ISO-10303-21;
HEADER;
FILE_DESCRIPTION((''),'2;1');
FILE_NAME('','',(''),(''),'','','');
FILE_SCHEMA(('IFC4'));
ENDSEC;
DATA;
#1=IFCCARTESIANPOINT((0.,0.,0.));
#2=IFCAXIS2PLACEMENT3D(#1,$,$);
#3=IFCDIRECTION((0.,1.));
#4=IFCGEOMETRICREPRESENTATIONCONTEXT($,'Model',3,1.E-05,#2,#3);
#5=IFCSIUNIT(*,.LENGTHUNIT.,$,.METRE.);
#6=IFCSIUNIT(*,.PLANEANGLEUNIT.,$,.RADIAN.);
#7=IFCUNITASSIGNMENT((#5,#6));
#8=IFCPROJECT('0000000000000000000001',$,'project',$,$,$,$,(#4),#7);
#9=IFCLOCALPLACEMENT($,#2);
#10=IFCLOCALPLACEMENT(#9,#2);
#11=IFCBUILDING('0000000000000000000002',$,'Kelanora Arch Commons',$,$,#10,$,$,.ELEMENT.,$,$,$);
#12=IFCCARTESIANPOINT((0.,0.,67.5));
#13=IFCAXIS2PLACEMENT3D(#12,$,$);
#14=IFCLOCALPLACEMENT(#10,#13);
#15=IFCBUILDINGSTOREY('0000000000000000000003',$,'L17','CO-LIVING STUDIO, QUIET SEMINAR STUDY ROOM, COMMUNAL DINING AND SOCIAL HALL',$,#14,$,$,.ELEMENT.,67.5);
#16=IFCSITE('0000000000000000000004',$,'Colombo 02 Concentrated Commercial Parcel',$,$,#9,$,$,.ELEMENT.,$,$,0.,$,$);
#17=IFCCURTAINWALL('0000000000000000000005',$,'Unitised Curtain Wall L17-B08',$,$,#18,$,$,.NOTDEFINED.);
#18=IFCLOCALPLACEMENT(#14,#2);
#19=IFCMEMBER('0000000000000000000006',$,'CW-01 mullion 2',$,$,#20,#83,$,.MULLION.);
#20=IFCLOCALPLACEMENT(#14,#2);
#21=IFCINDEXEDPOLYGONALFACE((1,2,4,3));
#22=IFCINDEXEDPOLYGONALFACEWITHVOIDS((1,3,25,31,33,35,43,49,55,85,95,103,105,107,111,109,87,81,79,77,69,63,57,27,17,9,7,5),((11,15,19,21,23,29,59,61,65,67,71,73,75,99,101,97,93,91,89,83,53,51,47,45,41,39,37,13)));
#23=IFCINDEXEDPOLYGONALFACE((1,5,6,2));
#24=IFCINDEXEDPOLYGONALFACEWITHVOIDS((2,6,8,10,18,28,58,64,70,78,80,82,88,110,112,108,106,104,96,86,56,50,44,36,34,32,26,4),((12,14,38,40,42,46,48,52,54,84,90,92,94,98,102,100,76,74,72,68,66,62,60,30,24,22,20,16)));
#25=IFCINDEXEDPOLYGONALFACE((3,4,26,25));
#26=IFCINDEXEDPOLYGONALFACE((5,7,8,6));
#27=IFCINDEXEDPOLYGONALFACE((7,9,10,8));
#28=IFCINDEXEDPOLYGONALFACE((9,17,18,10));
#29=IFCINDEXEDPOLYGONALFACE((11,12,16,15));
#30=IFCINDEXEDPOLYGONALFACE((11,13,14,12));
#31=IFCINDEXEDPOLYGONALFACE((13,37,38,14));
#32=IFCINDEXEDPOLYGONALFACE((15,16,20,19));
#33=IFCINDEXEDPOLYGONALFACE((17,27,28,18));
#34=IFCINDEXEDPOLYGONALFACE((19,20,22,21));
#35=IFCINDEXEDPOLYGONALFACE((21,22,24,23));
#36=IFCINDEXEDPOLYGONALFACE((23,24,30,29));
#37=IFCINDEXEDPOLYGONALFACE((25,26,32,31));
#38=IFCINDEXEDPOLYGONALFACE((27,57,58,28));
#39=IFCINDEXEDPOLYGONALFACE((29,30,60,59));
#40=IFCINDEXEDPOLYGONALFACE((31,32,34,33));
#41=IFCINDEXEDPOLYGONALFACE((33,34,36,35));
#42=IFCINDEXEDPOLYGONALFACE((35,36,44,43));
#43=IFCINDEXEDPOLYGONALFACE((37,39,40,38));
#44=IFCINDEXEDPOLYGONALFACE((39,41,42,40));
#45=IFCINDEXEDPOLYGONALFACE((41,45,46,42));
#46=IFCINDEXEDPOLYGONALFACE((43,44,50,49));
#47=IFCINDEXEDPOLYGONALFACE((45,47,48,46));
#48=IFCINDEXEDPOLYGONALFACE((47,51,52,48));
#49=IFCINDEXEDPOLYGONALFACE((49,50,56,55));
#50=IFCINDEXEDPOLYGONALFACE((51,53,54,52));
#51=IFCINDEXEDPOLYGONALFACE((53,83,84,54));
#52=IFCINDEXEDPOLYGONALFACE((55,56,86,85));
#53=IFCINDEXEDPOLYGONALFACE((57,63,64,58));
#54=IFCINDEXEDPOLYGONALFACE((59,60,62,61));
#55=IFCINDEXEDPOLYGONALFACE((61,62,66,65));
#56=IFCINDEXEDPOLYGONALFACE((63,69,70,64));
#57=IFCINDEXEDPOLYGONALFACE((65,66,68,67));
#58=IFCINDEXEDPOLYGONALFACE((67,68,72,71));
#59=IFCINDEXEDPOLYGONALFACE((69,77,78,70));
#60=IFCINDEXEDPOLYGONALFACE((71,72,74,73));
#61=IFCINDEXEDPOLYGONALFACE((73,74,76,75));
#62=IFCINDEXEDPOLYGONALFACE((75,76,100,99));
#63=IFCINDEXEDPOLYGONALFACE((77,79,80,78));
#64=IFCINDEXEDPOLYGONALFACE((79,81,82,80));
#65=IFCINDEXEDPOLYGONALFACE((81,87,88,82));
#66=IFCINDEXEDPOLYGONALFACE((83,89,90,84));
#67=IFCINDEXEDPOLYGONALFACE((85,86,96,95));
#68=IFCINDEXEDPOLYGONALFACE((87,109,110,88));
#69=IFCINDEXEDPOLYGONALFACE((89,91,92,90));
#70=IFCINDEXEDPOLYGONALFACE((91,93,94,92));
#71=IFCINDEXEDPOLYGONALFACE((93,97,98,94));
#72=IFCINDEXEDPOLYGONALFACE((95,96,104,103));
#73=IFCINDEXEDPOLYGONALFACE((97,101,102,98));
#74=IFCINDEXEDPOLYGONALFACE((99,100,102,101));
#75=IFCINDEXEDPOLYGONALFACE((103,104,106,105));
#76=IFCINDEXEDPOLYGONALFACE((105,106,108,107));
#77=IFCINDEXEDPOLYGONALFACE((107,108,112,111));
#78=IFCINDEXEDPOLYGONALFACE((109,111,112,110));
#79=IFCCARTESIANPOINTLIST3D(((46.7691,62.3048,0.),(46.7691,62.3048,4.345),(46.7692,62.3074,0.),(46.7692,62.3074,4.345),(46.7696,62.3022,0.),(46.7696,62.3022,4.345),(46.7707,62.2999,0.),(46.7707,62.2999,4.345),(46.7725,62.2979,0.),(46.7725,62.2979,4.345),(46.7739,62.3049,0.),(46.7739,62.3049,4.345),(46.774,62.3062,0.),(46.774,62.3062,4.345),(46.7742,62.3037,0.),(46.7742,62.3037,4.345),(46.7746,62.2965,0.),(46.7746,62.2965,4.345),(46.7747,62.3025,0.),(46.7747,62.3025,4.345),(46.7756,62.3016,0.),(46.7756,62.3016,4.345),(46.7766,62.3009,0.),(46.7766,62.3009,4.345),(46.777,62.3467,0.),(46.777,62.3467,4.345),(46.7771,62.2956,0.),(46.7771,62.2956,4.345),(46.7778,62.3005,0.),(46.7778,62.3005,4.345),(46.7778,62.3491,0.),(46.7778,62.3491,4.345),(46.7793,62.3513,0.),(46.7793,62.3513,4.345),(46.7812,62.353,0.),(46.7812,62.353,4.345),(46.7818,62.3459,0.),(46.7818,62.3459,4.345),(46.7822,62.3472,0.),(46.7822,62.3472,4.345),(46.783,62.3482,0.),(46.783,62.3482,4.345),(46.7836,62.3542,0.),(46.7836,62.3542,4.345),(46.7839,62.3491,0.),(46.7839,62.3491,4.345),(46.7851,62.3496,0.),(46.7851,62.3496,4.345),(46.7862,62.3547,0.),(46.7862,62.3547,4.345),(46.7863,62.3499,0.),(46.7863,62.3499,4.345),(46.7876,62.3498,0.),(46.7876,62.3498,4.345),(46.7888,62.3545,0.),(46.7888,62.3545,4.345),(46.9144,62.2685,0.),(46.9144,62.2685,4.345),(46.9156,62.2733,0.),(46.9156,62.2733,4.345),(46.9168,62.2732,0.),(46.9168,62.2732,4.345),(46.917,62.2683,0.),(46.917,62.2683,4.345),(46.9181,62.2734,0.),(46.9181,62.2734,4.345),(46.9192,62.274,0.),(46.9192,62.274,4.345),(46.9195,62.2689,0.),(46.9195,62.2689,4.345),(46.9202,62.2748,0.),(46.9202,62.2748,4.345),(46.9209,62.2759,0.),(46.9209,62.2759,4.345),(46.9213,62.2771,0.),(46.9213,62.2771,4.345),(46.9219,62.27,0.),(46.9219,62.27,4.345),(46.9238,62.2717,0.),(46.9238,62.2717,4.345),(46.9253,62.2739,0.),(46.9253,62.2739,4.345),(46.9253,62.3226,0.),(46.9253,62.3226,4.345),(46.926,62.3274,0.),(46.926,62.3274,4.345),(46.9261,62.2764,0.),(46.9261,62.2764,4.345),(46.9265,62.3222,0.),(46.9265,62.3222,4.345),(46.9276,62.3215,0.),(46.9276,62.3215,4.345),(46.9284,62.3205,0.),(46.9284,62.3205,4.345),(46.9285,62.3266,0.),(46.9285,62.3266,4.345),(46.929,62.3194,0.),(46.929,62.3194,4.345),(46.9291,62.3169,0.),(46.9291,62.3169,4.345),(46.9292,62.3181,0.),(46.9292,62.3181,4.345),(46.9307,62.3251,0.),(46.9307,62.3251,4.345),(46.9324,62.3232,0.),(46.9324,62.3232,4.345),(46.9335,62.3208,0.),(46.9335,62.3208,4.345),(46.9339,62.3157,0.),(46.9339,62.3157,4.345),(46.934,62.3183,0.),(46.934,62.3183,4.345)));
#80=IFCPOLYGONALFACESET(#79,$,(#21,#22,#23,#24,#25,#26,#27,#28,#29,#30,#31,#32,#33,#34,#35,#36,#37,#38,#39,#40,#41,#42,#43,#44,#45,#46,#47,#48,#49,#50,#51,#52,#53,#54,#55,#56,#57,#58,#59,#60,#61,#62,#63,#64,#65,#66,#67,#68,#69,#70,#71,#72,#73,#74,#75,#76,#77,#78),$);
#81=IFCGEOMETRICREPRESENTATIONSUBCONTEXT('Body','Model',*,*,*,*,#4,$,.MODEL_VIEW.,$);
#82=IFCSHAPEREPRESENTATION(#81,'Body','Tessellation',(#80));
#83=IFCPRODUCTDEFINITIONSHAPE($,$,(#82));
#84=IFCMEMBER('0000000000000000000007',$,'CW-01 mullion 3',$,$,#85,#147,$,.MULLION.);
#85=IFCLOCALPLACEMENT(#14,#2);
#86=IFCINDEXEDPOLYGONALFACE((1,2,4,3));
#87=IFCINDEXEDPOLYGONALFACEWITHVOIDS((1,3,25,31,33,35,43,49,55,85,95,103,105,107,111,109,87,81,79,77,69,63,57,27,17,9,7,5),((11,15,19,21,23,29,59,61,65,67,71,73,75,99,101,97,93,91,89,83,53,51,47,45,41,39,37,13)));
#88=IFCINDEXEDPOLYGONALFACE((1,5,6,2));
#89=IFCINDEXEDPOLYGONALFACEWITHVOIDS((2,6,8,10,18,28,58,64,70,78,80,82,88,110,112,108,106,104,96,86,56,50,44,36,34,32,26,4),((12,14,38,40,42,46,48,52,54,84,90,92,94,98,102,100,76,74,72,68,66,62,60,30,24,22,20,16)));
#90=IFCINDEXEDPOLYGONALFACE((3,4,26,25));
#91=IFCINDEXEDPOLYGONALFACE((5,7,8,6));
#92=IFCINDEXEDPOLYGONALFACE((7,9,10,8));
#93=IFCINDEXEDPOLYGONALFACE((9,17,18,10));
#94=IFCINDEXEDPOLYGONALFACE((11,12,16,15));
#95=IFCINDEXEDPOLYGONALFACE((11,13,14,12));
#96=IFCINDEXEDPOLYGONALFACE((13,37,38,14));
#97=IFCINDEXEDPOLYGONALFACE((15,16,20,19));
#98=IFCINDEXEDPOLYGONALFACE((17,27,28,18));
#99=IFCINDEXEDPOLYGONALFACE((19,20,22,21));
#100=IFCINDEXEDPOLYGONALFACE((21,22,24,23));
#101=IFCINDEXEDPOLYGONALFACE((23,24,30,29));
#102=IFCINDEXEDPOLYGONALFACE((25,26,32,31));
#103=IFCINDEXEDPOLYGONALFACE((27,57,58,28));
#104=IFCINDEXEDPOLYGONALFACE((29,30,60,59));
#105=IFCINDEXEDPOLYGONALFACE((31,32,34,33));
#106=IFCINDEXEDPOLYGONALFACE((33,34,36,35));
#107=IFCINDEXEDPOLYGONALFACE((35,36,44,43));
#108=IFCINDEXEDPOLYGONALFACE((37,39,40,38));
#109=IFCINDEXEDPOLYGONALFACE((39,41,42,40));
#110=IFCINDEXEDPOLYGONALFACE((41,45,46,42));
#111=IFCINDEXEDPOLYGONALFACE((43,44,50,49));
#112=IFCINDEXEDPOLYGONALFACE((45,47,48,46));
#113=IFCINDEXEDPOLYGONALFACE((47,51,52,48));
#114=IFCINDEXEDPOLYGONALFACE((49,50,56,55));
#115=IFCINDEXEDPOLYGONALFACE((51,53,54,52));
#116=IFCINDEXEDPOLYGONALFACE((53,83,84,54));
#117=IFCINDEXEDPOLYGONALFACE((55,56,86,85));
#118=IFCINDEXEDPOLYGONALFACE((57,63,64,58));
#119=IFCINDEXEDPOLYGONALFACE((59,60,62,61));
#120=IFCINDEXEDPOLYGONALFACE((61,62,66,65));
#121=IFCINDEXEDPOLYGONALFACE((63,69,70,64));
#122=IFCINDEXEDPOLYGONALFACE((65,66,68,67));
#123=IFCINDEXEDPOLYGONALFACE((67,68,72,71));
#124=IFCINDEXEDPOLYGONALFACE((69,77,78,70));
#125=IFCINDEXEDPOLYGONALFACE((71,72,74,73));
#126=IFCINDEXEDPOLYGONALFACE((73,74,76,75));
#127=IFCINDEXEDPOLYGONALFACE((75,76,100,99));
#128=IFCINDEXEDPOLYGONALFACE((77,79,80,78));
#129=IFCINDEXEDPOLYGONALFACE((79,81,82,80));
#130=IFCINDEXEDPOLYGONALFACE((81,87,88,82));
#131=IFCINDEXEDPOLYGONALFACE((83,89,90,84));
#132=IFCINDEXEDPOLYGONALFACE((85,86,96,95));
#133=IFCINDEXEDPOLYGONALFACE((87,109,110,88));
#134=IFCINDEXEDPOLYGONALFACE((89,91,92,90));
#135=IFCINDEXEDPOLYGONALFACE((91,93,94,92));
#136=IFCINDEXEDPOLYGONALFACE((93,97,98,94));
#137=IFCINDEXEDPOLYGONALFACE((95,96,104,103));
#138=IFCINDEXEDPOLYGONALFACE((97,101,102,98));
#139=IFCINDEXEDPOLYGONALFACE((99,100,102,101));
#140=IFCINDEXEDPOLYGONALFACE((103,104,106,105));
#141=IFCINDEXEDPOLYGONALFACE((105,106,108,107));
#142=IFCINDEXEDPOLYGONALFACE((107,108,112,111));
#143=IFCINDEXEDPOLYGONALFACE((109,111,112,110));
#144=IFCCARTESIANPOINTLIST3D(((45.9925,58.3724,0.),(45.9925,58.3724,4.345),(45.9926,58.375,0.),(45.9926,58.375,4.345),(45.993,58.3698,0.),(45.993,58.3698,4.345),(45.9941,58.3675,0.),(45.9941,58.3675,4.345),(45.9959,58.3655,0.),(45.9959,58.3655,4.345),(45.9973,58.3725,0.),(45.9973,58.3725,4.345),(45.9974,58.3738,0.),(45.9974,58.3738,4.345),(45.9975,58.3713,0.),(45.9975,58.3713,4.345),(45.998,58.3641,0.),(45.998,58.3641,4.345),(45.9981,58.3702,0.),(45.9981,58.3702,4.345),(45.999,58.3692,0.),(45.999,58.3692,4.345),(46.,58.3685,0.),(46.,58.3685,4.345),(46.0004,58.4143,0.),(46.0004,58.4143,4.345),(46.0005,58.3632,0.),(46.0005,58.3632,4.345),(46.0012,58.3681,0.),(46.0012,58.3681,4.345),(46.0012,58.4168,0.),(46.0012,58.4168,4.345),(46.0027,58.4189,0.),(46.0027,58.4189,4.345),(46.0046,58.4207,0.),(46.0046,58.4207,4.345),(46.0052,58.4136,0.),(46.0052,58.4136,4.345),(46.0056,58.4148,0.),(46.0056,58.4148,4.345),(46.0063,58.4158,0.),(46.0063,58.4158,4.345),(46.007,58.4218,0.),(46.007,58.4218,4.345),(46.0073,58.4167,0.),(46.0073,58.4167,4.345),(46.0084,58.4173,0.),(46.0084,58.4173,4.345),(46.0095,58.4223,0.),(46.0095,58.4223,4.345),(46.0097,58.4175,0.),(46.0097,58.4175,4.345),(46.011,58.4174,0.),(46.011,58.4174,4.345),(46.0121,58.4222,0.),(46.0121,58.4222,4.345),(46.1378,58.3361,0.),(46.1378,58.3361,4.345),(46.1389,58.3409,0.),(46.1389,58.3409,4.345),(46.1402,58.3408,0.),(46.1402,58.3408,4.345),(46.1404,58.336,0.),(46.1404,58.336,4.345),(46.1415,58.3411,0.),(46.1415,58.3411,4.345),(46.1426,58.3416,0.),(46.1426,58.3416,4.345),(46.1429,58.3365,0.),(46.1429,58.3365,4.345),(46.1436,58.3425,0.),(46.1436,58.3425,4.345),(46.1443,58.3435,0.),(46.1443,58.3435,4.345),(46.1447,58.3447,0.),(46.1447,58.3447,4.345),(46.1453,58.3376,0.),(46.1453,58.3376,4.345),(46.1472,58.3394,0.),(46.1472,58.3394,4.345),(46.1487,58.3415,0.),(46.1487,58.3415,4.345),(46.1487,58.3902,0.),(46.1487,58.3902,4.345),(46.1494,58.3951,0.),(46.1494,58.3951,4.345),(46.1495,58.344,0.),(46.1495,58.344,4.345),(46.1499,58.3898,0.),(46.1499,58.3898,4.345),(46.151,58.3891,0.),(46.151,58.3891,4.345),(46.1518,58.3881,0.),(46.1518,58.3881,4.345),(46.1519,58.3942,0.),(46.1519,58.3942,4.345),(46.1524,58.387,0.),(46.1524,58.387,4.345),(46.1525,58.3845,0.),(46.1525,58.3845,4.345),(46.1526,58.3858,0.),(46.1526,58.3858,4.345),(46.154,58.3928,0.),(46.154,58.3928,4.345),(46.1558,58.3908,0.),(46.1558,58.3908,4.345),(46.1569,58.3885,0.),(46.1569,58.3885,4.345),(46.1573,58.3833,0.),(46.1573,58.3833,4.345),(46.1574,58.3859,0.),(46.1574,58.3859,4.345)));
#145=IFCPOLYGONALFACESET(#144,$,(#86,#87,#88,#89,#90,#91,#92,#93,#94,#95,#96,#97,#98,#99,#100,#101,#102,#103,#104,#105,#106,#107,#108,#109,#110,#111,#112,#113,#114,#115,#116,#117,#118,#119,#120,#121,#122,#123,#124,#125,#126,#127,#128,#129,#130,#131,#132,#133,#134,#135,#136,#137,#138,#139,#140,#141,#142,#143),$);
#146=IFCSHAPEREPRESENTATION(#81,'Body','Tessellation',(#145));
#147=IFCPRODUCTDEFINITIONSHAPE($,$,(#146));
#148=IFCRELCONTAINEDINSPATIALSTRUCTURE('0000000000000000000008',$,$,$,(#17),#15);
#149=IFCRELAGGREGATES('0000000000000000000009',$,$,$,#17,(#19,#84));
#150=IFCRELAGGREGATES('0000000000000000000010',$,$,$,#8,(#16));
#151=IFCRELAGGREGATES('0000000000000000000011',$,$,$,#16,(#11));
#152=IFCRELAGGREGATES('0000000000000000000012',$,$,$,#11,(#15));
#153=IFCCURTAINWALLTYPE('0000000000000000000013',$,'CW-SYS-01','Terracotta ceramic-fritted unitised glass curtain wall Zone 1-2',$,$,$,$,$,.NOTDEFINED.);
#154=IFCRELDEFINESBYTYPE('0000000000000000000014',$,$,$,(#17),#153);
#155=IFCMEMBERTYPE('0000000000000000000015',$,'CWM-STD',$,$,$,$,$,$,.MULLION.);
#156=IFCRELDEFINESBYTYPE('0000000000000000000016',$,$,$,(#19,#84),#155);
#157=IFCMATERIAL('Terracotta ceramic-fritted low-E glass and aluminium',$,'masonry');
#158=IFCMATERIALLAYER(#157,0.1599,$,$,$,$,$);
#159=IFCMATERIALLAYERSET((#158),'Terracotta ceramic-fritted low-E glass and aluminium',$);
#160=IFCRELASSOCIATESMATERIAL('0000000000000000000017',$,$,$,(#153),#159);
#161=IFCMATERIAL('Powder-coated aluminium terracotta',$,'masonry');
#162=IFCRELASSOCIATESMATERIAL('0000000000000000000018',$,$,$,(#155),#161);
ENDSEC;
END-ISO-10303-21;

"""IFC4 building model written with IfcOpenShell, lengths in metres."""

from ifc_helpers import new_model, si_unit, direction, frame, origin, origin_2d, place, context, subcontext, project, spatial, hollow_rectangle, extrude, material, layer, layer_set, material_profile, profile_set, type_object, element, aggregate, save


model = new_model("IFC4")

# Units and contexts
model_context = context("Model", 3, precision=1e-05, world=origin(), true_north=direction((0.0, 1.0)))
body_context = subcontext(model_context, "Body", "Model", "MODEL_VIEW")
ifc_project = project(units=[si_unit("LENGTHUNIT", "METRE"), si_unit("PLANEANGLEUNIT", "RADIAN")], contexts=[model_context])

# Site, building, storey
site_placement = place(None, origin())
site = spatial("IfcSite", under=ifc_project, at=site_placement, Name="Colombo 02 Concentrated Commercial Parcel", CompositionType="ELEMENT", RefElevation=0.0)
building_placement = place(site_placement, origin())
building = spatial("IfcBuilding", under=site, at=building_placement, Name="Kelanora Arch Commons", CompositionType="ELEMENT")
storey_placement = place(building_placement, frame((0.0, 0.0, 67.5)))
storey = spatial("IfcBuildingStorey", under=building, at=storey_placement, Name="L17", Description="CO-LIVING STUDIO, QUIET SEMINAR STUDY ROOM, COMMUNAL DINING AND SOCIAL HALL", CompositionType="ELEMENT", Elevation=67.5)

# Curtain wall, members
ifc_material_1 = material(Name="Terracotta ceramic-fritted low-E glass and aluminium", Category="masonry")
ifc_layer_1 = layer(ifc_material_1, 0.1599)
ifc_layer_set_1 = layer_set([ifc_layer_1], Name="Terracotta ceramic-fritted low-E glass and aluminium")
curtain_wall_type = type_object("IfcCurtainWallType", Name="CW-SYS-01", Description="Terracotta ceramic-fritted unitised glass curtain wall Zone 1-2", PredefinedType="NOTDEFINED", material=ifc_layer_set_1)
curtain_wall_placement = place(storey_placement, origin())
curtain_wall = element("IfcCurtainWall", 1, at=curtain_wall_placement, inside=storey, type_object=curtain_wall_type, Name="Unitised Curtain Wall L17-B08", PredefinedType="NOTDEFINED")
ifc_material_2 = material(Name="Powder-coated aluminium terracotta", Category="masonry")
ifc_material_profile_1 = material_profile(ifc_material_2, hollow_rectangle(XDim=0.1599, YDim=0.0601, WallThickness=0.0049, InnerFilletRadius=0.0049, OuterFilletRadius=0.01, at=origin_2d()), Name="CWM160x60")
ifc_profile_set_1 = profile_set([ifc_material_profile_1], Name="Powder-coated aluminium terracotta")
member_type_1 = type_object("IfcMemberType", Name="CWM-STD", PredefinedType="MULLION", material=ifc_profile_set_1)
member_1_placement = place(storey_placement, frame((46.8516, 62.3115, 0.0), z_axis=(0.0, 0.0, 1.0), x_axis=(0.981052, -0.193744, 0.0)))
member_1 = element("IfcMember", 2, at=member_1_placement, type_object=member_type_1, Name="CW-01 mullion 2", PredefinedType="MULLION", context=body_context, shape_type="SweptSolid", body=[
    extrude(hollow_rectangle(XDim=0.1599, YDim=0.0601, WallThickness=0.0049, InnerFilletRadius=0.0049, OuterFilletRadius=0.01, at=origin_2d()), origin(), (0.0, 0.0, 1.0), 4.345),
])
member_2_placement = place(storey_placement, frame((46.075, 58.3792, 0.0), z_axis=(0.0, 0.0, 1.0), x_axis=(0.981052, -0.193744, 0.0)))
member_2 = element("IfcMember", 3, at=member_2_placement, type_object=member_type_1, Name="CW-01 mullion 3", PredefinedType="MULLION", context=body_context, shape_type="SweptSolid", body=[
    extrude(hollow_rectangle(XDim=0.1599, YDim=0.0601, WallThickness=0.0049, InnerFilletRadius=0.0049, OuterFilletRadius=0.01, at=origin_2d()), origin(), (0.0, 0.0, 1.0), 4.345),
])
aggregate(curtain_wall, [member_1, member_2])

save(model, "model.ifc")
